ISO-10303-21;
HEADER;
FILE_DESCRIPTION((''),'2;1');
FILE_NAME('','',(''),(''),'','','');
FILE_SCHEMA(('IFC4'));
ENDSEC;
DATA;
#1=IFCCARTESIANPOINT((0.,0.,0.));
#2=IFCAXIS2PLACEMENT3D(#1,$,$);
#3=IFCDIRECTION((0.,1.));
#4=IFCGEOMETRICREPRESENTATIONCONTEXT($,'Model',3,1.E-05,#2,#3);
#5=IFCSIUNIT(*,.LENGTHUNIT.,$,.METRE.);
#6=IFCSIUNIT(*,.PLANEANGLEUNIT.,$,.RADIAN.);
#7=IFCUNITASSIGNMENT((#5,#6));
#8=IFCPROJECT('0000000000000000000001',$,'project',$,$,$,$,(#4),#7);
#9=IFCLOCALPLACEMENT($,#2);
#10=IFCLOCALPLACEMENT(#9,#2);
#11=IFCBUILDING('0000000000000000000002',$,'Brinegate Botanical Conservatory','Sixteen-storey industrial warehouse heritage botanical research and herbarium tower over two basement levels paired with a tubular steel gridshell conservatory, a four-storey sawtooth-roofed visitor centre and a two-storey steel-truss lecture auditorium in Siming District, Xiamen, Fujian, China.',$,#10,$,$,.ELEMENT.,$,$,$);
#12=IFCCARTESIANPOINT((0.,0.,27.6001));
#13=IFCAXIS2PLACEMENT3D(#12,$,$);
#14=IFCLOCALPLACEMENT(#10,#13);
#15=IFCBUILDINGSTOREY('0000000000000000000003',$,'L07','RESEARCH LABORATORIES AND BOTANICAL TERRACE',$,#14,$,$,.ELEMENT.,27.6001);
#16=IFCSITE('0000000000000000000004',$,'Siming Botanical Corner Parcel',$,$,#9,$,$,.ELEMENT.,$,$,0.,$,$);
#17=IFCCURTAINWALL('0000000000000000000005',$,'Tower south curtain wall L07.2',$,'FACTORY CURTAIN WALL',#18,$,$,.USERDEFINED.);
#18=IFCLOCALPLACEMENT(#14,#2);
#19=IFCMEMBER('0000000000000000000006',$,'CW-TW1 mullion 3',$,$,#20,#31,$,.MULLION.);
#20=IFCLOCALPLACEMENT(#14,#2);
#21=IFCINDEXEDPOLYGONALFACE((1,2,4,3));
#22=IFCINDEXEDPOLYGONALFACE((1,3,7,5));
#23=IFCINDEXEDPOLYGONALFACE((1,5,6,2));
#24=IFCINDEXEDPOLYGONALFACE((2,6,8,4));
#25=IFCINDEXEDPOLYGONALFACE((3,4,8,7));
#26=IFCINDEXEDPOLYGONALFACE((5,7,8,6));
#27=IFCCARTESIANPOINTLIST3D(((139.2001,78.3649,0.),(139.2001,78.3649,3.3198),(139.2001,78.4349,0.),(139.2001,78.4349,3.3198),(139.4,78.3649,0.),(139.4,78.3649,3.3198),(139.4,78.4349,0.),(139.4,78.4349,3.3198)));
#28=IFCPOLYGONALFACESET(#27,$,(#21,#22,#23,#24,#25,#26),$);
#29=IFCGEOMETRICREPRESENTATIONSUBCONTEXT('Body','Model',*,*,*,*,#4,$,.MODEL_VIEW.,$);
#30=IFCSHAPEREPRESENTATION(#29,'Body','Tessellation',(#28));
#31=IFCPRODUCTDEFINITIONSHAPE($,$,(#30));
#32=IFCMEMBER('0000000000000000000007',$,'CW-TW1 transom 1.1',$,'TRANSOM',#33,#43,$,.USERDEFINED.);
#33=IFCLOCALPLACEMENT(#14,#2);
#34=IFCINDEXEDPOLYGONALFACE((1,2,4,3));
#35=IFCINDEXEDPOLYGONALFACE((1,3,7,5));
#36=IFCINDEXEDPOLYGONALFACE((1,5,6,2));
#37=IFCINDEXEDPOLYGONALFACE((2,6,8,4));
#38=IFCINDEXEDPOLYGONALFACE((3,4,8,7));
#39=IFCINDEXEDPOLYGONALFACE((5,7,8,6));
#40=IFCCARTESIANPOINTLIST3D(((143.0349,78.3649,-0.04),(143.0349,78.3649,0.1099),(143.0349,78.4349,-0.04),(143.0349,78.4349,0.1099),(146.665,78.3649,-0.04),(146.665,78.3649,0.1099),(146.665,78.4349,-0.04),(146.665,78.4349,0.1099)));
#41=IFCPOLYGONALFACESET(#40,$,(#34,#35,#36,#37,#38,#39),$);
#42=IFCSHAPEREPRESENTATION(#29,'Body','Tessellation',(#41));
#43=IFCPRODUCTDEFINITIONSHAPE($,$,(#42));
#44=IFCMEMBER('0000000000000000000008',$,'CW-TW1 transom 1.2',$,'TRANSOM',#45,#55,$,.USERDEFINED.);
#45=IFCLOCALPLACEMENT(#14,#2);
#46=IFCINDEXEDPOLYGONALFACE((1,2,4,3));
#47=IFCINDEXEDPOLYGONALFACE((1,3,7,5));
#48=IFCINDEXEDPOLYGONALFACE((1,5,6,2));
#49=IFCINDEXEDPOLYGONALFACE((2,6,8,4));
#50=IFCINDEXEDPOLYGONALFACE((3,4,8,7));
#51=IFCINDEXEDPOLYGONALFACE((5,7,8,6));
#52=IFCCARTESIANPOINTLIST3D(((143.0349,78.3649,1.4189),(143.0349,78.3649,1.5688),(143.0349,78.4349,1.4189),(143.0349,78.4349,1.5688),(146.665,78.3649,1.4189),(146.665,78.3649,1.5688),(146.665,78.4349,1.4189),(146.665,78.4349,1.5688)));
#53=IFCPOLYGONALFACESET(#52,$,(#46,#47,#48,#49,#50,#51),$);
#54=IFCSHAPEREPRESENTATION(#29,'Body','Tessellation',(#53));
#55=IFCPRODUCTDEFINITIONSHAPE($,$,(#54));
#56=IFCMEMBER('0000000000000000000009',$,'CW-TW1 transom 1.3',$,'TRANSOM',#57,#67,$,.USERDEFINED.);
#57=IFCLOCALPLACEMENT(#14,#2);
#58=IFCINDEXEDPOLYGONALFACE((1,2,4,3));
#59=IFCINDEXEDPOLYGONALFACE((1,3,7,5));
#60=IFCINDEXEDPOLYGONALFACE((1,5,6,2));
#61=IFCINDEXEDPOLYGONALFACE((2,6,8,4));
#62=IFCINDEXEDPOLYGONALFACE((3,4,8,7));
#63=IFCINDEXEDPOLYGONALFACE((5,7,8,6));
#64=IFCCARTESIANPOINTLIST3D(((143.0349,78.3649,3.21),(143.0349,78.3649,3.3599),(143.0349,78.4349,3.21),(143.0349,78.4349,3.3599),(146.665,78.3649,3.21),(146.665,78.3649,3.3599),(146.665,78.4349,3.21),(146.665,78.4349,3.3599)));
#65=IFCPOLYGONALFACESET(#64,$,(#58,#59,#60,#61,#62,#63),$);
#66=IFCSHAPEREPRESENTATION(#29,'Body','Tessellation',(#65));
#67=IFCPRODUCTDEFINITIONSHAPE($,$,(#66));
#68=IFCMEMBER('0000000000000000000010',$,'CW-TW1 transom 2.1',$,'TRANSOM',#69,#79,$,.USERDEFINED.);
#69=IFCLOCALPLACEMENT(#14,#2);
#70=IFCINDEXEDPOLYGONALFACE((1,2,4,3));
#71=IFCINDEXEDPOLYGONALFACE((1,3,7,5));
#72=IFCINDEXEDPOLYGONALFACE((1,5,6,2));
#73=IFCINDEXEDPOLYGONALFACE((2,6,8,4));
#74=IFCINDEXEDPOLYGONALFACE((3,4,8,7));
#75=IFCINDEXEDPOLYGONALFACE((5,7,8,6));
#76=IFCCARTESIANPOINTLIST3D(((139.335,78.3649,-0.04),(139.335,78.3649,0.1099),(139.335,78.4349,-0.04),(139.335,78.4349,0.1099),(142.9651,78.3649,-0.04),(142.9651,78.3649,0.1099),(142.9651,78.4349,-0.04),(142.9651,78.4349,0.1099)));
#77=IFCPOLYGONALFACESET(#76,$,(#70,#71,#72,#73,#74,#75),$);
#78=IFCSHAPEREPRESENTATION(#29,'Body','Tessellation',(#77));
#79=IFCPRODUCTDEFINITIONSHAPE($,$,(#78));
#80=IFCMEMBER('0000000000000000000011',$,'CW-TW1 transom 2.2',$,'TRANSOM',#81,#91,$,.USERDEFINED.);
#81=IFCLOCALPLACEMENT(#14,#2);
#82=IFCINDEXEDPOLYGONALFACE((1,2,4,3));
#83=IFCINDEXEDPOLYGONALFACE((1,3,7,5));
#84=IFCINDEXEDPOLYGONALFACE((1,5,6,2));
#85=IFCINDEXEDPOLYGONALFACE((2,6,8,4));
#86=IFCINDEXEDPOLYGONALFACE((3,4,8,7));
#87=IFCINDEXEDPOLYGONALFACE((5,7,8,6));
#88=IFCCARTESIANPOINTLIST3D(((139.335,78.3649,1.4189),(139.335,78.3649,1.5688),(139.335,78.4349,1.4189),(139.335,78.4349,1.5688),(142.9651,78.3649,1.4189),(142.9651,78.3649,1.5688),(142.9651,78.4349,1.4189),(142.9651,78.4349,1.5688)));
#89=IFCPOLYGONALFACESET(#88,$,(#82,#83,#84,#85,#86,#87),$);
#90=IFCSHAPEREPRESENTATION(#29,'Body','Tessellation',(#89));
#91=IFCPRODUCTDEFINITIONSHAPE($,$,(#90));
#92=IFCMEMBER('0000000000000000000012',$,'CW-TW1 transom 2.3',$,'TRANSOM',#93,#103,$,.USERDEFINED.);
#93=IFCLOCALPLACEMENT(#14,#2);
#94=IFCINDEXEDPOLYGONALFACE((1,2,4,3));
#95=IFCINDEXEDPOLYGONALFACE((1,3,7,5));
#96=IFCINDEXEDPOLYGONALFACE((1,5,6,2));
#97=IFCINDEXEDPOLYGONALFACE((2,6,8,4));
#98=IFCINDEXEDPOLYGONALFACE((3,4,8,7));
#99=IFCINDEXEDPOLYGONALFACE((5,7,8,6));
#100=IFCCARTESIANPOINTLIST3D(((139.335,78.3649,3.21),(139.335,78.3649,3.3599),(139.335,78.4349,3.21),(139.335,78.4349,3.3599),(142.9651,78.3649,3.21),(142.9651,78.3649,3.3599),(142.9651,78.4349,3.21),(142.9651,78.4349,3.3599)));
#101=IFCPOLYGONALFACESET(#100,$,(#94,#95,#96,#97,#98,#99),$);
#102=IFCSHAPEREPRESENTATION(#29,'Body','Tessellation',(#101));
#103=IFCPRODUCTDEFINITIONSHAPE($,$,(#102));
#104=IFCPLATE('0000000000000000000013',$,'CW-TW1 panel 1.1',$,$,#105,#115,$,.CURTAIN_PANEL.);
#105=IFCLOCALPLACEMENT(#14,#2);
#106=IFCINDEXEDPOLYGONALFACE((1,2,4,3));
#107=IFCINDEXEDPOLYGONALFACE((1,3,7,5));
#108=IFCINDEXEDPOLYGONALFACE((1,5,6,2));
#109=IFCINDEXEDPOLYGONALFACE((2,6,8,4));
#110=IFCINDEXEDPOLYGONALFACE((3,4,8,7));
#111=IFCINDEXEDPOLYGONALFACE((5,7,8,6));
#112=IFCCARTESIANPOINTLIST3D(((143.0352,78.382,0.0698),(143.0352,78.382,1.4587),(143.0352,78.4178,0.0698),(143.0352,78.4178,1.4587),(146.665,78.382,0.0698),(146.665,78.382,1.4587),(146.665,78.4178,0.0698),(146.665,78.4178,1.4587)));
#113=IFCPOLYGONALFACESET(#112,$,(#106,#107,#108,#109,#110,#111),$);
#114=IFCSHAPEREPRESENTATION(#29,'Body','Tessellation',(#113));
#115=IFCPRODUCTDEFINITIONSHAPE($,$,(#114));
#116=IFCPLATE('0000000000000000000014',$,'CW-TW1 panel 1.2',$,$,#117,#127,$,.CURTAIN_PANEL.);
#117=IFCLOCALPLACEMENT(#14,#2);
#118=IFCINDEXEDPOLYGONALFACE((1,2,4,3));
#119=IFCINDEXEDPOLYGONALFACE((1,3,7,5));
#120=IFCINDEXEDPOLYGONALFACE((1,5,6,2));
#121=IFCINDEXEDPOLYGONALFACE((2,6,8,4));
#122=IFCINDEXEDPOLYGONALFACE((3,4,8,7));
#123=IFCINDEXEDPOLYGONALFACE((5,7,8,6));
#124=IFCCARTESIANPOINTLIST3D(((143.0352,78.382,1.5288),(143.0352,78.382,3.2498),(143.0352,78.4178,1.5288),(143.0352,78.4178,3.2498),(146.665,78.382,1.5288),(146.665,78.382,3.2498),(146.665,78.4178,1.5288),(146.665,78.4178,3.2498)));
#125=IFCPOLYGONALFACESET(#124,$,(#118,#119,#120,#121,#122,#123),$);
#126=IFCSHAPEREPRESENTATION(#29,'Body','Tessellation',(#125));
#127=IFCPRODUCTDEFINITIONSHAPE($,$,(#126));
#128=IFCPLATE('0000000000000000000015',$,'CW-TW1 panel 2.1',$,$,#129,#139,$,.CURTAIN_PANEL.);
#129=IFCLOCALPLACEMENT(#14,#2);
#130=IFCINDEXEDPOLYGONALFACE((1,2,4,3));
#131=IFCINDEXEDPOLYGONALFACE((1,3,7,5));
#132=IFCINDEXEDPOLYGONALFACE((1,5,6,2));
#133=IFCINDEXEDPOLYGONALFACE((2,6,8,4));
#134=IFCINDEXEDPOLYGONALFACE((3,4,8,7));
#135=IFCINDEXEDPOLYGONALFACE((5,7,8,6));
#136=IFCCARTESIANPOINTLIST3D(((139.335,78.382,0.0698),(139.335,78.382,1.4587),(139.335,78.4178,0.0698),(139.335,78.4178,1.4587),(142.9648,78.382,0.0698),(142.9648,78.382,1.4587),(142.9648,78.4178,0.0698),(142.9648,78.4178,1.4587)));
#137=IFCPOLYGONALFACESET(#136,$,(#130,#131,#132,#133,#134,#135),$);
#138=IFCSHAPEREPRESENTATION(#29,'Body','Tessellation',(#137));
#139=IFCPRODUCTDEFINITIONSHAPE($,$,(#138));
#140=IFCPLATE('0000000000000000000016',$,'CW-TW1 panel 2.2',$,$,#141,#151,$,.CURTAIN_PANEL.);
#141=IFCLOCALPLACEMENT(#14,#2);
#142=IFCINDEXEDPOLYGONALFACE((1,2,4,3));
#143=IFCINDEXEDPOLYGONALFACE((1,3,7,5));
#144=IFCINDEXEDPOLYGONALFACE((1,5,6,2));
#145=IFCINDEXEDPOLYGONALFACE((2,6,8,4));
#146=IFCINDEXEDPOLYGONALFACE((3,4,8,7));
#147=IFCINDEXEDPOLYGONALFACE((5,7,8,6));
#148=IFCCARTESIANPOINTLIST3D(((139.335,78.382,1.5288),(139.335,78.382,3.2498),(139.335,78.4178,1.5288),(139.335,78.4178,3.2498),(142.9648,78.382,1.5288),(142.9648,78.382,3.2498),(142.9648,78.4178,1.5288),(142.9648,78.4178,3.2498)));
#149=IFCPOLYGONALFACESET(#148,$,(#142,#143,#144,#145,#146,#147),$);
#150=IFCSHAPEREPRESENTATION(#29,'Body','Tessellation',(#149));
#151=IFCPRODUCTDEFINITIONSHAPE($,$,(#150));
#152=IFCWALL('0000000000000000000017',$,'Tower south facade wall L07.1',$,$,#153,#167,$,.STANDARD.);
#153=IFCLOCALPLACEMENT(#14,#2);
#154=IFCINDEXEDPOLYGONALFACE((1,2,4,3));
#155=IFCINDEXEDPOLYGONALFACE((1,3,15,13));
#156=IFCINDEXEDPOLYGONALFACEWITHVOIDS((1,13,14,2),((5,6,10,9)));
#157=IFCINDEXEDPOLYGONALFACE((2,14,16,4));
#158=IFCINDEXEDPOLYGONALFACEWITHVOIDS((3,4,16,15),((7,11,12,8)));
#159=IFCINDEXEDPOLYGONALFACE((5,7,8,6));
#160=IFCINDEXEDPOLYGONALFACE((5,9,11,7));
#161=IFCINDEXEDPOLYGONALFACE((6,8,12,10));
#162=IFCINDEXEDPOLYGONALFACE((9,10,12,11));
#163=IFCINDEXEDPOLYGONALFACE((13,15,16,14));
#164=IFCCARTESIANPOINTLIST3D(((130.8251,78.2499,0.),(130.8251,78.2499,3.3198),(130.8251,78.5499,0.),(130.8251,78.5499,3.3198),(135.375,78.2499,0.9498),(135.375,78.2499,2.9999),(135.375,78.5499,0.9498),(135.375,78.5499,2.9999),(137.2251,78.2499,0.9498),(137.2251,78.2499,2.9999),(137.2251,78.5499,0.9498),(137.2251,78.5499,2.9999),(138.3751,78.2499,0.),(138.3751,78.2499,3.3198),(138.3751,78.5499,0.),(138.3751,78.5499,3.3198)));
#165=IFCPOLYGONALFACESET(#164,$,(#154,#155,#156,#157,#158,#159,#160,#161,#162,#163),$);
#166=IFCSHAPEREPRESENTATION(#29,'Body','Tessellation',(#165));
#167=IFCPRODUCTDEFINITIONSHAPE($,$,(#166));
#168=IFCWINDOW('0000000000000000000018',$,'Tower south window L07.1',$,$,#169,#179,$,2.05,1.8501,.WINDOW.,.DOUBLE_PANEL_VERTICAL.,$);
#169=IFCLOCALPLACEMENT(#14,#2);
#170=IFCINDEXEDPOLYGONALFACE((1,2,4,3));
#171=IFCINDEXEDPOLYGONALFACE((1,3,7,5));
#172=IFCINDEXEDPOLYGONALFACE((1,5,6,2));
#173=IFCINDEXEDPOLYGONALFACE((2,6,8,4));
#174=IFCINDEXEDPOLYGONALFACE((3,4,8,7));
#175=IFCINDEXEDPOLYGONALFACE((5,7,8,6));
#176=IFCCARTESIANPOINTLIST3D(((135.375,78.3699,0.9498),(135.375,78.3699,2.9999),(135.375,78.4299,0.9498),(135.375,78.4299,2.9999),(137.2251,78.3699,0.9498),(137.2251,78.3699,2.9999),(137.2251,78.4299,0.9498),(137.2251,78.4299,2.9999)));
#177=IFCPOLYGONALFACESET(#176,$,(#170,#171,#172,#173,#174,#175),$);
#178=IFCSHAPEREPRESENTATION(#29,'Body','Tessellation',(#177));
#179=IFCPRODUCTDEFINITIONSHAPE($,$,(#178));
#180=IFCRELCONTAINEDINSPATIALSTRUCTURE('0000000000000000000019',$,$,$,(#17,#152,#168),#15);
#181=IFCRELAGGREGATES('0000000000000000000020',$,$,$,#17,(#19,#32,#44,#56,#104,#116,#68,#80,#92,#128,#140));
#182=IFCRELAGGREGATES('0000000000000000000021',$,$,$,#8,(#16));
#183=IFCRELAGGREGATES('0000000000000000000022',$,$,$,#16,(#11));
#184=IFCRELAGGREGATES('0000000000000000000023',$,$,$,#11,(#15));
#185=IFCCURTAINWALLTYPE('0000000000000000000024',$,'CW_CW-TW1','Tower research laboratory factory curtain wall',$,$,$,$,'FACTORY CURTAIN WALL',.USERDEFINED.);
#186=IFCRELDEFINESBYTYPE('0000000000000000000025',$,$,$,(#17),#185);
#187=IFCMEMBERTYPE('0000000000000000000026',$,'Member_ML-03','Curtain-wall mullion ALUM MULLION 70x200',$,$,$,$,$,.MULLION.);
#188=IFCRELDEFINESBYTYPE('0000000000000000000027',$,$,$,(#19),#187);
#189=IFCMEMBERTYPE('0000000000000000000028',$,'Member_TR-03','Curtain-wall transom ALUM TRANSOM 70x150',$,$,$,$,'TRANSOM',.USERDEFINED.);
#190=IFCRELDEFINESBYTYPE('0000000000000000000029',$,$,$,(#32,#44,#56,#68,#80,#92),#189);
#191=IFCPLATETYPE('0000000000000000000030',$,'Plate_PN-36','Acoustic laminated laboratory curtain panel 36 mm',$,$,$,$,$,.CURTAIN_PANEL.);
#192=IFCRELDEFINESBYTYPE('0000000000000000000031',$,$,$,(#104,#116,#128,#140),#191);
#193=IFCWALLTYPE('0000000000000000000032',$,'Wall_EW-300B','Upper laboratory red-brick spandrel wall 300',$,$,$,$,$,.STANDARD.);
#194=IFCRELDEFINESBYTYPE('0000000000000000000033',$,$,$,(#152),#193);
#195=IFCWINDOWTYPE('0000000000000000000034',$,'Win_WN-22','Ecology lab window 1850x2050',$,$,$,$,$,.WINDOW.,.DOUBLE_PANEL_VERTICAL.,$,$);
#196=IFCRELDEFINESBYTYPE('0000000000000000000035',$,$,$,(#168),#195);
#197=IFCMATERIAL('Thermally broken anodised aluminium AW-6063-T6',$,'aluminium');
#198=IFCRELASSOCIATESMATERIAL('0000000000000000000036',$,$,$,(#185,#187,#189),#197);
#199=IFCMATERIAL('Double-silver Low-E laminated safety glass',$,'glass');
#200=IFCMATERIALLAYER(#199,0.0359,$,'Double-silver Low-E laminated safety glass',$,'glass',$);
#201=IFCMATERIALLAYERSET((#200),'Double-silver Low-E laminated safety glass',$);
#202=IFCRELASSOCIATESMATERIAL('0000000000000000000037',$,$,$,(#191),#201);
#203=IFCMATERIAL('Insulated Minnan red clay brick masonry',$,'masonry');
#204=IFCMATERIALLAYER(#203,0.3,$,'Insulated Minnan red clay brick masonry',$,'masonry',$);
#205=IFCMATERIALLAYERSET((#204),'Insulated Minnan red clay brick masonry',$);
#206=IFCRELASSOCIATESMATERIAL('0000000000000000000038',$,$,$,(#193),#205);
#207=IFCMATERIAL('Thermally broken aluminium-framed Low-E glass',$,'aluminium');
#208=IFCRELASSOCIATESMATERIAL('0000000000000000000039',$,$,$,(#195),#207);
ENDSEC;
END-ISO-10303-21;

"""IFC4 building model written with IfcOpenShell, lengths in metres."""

from ifc_helpers import new_model, si_unit, direction, frame, frame_2d, origin, origin_2d, place, context, subcontext, project, spatial, rectangle, extrude, material, layer, layer_set, material_profile, profile_set, type_object, element, fill, aggregate, save


model = new_model("IFC4")

# Units and contexts
model_context = context("Model", 3, precision=1e-05, world=origin(), true_north=direction((0.0, 1.0)))
body_context = subcontext(model_context, "Body", "Model", "MODEL_VIEW")
ifc_project = project(units=[si_unit("LENGTHUNIT", "METRE"), si_unit("PLANEANGLEUNIT", "RADIAN")], contexts=[model_context])

# Site, building, storey
site_placement = place(None, origin())
site = spatial("IfcSite", under=ifc_project, at=site_placement, Name="Siming Botanical Corner Parcel", CompositionType="ELEMENT", RefElevation=0.0)
building_placement = place(site_placement, origin())
building = spatial("IfcBuilding", under=site, at=building_placement, Name="Brinegate Botanical Conservatory", Description="Sixteen-storey industrial warehouse heritage botanical research and herbarium tower over two basement levels paired with a tubular steel gridshell conservatory, a four-storey sawtooth-roofed visitor centre and a two-storey steel-truss lecture auditorium in Siming District, Xiamen, Fujian, China.", CompositionType="ELEMENT")
storey_placement = place(building_placement, frame((0.0, 0.0, 27.6001)))
storey = spatial("IfcBuildingStorey", under=building, at=storey_placement, Name="L07", Description="RESEARCH LABORATORIES AND BOTANICAL TERRACE", CompositionType="ELEMENT", Elevation=27.6001)

# Curtain wall, members, plates
ifc_material_1 = material(Name="Thermally broken anodised aluminium AW-6063-T6", Category="aluminium")
curtain_wall_type = type_object("IfcCurtainWallType", Name="CW_CW-TW1", Description="Tower research laboratory factory curtain wall", ElementType="FACTORY CURTAIN WALL", PredefinedType="USERDEFINED", material=ifc_material_1)
curtain_wall_placement = place(storey_placement, origin())
curtain_wall = element("IfcCurtainWall", 1, at=curtain_wall_placement, inside=storey, type_object=curtain_wall_type, Name="Tower south curtain wall L07.2", ObjectType="FACTORY CURTAIN WALL", PredefinedType="USERDEFINED")
ifc_material_profile_1 = material_profile(ifc_material_1, rectangle(XDim=0.0701, YDim=0.2, at=origin_2d()), Name="ALUM MULLION 70x200")
ifc_profile_set_1 = profile_set([ifc_material_profile_1], Name="Thermally broken anodised aluminium AW-6063-T6")
member_type_1 = type_object("IfcMemberType", Name="Member_ML-03", Description="Curtain-wall mullion ALUM MULLION 70x200", PredefinedType="MULLION", material=ifc_profile_set_1)
member_1_placement = place(storey_placement, frame((139.3, 78.3999, 0.0), z_axis=(0.0, 0.0, 1.0), x_axis=(0.0, -1.0, 0.0)))
member_1 = element("IfcMember", 2, at=member_1_placement, type_object=member_type_1, Name="CW-TW1 mullion 3", PredefinedType="MULLION", context=body_context, shape_type="SweptSolid", body=[
    extrude(rectangle(XDim=0.0701, YDim=0.2, at=origin_2d()), origin(), (0.0, 0.0, 1.0), 3.3198),
])
ifc_material_profile_2 = material_profile(ifc_material_1, rectangle(XDim=0.0701, YDim=0.1499, at=origin_2d()), Name="ALUM TRANSOM 70x150")
ifc_profile_set_2 = profile_set([ifc_material_profile_2], Name="Thermally broken anodised aluminium AW-6063-T6")
member_type_2 = type_object("IfcMemberType", Name="Member_TR-03", Description="Curtain-wall transom ALUM TRANSOM 70x150", ElementType="TRANSOM", PredefinedType="USERDEFINED", material=ifc_profile_set_2)
member_2_placement = place(storey_placement, frame((146.665, 78.3999, 0.0349), z_axis=(-1.0, 0.0, 0.0), x_axis=(0.0, -1.0, 0.0)))
member_2 = element("IfcMember", 3, at=member_2_placement, type_object=member_type_2, Name="CW-TW1 transom 1.1", ObjectType="TRANSOM", PredefinedType="USERDEFINED", context=body_context, shape_type="SweptSolid", body=[
    extrude(rectangle(XDim=0.0701, YDim=0.1499, at=origin_2d()), origin(), (0.0, 0.0, 1.0), 3.6301),
])
member_3_placement = place(storey_placement, frame((146.665, 78.3999, 1.4939), z_axis=(-1.0, 0.0, 0.0), x_axis=(0.0, -1.0, 0.0)))
member_3 = element("IfcMember", 4, at=member_3_placement, type_object=member_type_2, Name="CW-TW1 transom 1.2", ObjectType="TRANSOM", PredefinedType="USERDEFINED", context=body_context, shape_type="SweptSolid", body=[
    extrude(rectangle(XDim=0.0701, YDim=0.1499, at=origin_2d()), origin(), (0.0, 0.0, 1.0), 3.6301),
])
member_4_placement = place(storey_placement, frame((146.665, 78.3999, 3.2849), z_axis=(-1.0, 0.0, 0.0), x_axis=(0.0, -1.0, 0.0)))
member_4 = element("IfcMember", 5, at=member_4_placement, type_object=member_type_2, Name="CW-TW1 transom 1.3", ObjectType="TRANSOM", PredefinedType="USERDEFINED", context=body_context, shape_type="SweptSolid", body=[
    extrude(rectangle(XDim=0.0701, YDim=0.1499, at=origin_2d()), origin(), (0.0, 0.0, 1.0), 3.6301),
])
member_5_placement = place(storey_placement, frame((142.9651, 78.3999, 0.0349), z_axis=(-1.0, 0.0, 0.0), x_axis=(0.0, -1.0, 0.0)))
member_5 = element("IfcMember", 6, at=member_5_placement, type_object=member_type_2, Name="CW-TW1 transom 2.1", ObjectType="TRANSOM", PredefinedType="USERDEFINED", context=body_context, shape_type="SweptSolid", body=[
    extrude(rectangle(XDim=0.0701, YDim=0.1499, at=origin_2d()), origin(), (0.0, 0.0, 1.0), 3.6301),
])
member_6_placement = place(storey_placement, frame((142.9651, 78.3999, 1.4939), z_axis=(-1.0, 0.0, 0.0), x_axis=(0.0, -1.0, 0.0)))
member_6 = element("IfcMember", 7, at=member_6_placement, type_object=member_type_2, Name="CW-TW1 transom 2.2", ObjectType="TRANSOM", PredefinedType="USERDEFINED", context=body_context, shape_type="SweptSolid", body=[
    extrude(rectangle(XDim=0.0701, YDim=0.1499, at=origin_2d()), origin(), (0.0, 0.0, 1.0), 3.6301),
])
member_7_placement = place(storey_placement, frame((142.9651, 78.3999, 3.2849), z_axis=(-1.0, 0.0, 0.0), x_axis=(0.0, -1.0, 0.0)))
member_7 = element("IfcMember", 8, at=member_7_placement, type_object=member_type_2, Name="CW-TW1 transom 2.3", ObjectType="TRANSOM", PredefinedType="USERDEFINED", context=body_context, shape_type="SweptSolid", body=[
    extrude(rectangle(XDim=0.0701, YDim=0.1499, at=origin_2d()), origin(), (0.0, 0.0, 1.0), 3.6301),
])
ifc_material_2 = material(Name="Double-silver Low-E laminated safety glass", Category="glass")
ifc_layer_1 = layer(ifc_material_2, 0.0359, Name="Double-silver Low-E laminated safety glass", Category="glass")
ifc_layer_set_1 = layer_set([ifc_layer_1], Name="Double-silver Low-E laminated safety glass")
plate_type = type_object("IfcPlateType", Name="Plate_PN-36", Description="Acoustic laminated laboratory curtain panel 36 mm", PredefinedType="CURTAIN_PANEL", material=ifc_layer_set_1)
plate_1_placement = place(storey_placement, frame((144.8501, 78.3999, 0.0698), z_axis=(0.0, 0.0, 1.0), x_axis=(-1.0, 0.0, 0.0)))
plate_1 = element("IfcPlate", 9, at=plate_1_placement, type_object=plate_type, Name="CW-TW1 panel 1.1", PredefinedType="CURTAIN_PANEL", context=body_context, shape_type="SweptSolid", body=[
    extrude(rectangle(XDim=3.6299, YDim=0.0359, at=origin_2d()), origin(), (0.0, 0.0, 1.0), 1.3889),
])
plate_2_placement = place(storey_placement, frame((144.8501, 78.3999, 1.5288), z_axis=(0.0, 0.0, 1.0), x_axis=(-1.0, 0.0, 0.0)))
plate_2 = element("IfcPlate", 10, at=plate_2_placement, type_object=plate_type, Name="CW-TW1 panel 1.2", PredefinedType="CURTAIN_PANEL", context=body_context, shape_type="SweptSolid", body=[
    extrude(rectangle(XDim=3.6299, YDim=0.0359, at=origin_2d()), origin(), (0.0, 0.0, 1.0), 1.7209),
])
plate_3_placement = place(storey_placement, frame((141.1499, 78.3999, 0.0698), z_axis=(0.0, 0.0, 1.0), x_axis=(-1.0, 0.0, 0.0)))
plate_3 = element("IfcPlate", 11, at=plate_3_placement, type_object=plate_type, Name="CW-TW1 panel 2.1", PredefinedType="CURTAIN_PANEL", context=body_context, shape_type="SweptSolid", body=[
    extrude(rectangle(XDim=3.6299, YDim=0.0359, at=origin_2d()), origin(), (0.0, 0.0, 1.0), 1.3889),
])
plate_4_placement = place(storey_placement, frame((141.1499, 78.3999, 1.5288), z_axis=(0.0, 0.0, 1.0), x_axis=(-1.0, 0.0, 0.0)))
plate_4 = element("IfcPlate", 12, at=plate_4_placement, type_object=plate_type, Name="CW-TW1 panel 2.2", PredefinedType="CURTAIN_PANEL", context=body_context, shape_type="SweptSolid", body=[
    extrude(rectangle(XDim=3.6299, YDim=0.0359, at=origin_2d()), origin(), (0.0, 0.0, 1.0), 1.7209),
])
aggregate(curtain_wall, [member_1, member_2, member_3, member_4, plate_1, plate_2, member_5, member_6, member_7, plate_3, plate_4])

# Wall, opening, window
ifc_material_3 = material(Name="Insulated Minnan red clay brick masonry", Category="masonry")
ifc_layer_2 = layer(ifc_material_3, 0.3, Name="Insulated Minnan red clay brick masonry", Category="masonry")
ifc_layer_set_2 = layer_set([ifc_layer_2], Name="Insulated Minnan red clay brick masonry")
wall_type_1 = type_object("IfcWallType", Name="Wall_EW-300B", Description="Upper laboratory red-brick spandrel wall 300", PredefinedType="STANDARD", material=ifc_layer_set_2)
wall_1_placement = place(storey_placement, frame((138.375, 78.3999, 0.0), z_axis=(0.0, 0.0, 1.0), x_axis=(-1.0, 0.0, 0.0)))
wall_1 = element("IfcWall", 13, at=wall_1_placement, inside=storey, type_object=wall_type_1, Name="Tower south facade wall L07.1", PredefinedType="STANDARD", context=body_context, shape_type="SweptSolid", body=[
    extrude(rectangle(XDim=7.55, YDim=0.3, at=frame_2d((3.7749, 0.0))), origin(), (0.0, 0.0, 1.0), 3.3198),
])
opening_1_placement = place(wall_1_placement, frame((1.1499, 0.0, 0.95)))
opening_1 = element("IfcOpeningElement", 14, at=opening_1_placement, cuts=wall_1, PredefinedType="OPENING", context=body_context, shape_type="SweptSolid", body=[
    extrude(rectangle(XDim=1.8501, YDim=2.05, at=frame_2d((0.925, 1.0249))), frame((0.0, 0.1599, 0.0), z_axis=(0.0, -1.0, 0.0), x_axis=(1.0, 0.0, 0.0)), (0.0, 0.0, 1.0), 0.3201),
])
ifc_material_4 = material(Name="Thermally broken aluminium-framed Low-E glass", Category="aluminium")
window_type = type_object("IfcWindowType", Name="Win_WN-22", Description="Ecology lab window 1850x2050", PartitioningType="DOUBLE_PANEL_VERTICAL", PredefinedType="WINDOW", material=ifc_material_4)
window_placement = place(opening_1_placement, origin())
window = element("IfcWindow", 15, at=window_placement, inside=storey, type_object=window_type, Name="Tower south window L07.1", OverallHeight=2.05, OverallWidth=1.8501, PartitioningType="DOUBLE_PANEL_VERTICAL", PredefinedType="WINDOW", context=body_context, shape_type="SweptSolid", body=[
    extrude(rectangle(XDim=1.8501, YDim=2.05, at=frame_2d((0.925, 1.0249))), frame((0.0, 0.03, 0.0), z_axis=(0.0, -1.0, 0.0), x_axis=(1.0, 0.0, 0.0)), (0.0, 0.0, 1.0), 0.0601),
])
fill(opening_1, window)

save(model, "model.ifc")
